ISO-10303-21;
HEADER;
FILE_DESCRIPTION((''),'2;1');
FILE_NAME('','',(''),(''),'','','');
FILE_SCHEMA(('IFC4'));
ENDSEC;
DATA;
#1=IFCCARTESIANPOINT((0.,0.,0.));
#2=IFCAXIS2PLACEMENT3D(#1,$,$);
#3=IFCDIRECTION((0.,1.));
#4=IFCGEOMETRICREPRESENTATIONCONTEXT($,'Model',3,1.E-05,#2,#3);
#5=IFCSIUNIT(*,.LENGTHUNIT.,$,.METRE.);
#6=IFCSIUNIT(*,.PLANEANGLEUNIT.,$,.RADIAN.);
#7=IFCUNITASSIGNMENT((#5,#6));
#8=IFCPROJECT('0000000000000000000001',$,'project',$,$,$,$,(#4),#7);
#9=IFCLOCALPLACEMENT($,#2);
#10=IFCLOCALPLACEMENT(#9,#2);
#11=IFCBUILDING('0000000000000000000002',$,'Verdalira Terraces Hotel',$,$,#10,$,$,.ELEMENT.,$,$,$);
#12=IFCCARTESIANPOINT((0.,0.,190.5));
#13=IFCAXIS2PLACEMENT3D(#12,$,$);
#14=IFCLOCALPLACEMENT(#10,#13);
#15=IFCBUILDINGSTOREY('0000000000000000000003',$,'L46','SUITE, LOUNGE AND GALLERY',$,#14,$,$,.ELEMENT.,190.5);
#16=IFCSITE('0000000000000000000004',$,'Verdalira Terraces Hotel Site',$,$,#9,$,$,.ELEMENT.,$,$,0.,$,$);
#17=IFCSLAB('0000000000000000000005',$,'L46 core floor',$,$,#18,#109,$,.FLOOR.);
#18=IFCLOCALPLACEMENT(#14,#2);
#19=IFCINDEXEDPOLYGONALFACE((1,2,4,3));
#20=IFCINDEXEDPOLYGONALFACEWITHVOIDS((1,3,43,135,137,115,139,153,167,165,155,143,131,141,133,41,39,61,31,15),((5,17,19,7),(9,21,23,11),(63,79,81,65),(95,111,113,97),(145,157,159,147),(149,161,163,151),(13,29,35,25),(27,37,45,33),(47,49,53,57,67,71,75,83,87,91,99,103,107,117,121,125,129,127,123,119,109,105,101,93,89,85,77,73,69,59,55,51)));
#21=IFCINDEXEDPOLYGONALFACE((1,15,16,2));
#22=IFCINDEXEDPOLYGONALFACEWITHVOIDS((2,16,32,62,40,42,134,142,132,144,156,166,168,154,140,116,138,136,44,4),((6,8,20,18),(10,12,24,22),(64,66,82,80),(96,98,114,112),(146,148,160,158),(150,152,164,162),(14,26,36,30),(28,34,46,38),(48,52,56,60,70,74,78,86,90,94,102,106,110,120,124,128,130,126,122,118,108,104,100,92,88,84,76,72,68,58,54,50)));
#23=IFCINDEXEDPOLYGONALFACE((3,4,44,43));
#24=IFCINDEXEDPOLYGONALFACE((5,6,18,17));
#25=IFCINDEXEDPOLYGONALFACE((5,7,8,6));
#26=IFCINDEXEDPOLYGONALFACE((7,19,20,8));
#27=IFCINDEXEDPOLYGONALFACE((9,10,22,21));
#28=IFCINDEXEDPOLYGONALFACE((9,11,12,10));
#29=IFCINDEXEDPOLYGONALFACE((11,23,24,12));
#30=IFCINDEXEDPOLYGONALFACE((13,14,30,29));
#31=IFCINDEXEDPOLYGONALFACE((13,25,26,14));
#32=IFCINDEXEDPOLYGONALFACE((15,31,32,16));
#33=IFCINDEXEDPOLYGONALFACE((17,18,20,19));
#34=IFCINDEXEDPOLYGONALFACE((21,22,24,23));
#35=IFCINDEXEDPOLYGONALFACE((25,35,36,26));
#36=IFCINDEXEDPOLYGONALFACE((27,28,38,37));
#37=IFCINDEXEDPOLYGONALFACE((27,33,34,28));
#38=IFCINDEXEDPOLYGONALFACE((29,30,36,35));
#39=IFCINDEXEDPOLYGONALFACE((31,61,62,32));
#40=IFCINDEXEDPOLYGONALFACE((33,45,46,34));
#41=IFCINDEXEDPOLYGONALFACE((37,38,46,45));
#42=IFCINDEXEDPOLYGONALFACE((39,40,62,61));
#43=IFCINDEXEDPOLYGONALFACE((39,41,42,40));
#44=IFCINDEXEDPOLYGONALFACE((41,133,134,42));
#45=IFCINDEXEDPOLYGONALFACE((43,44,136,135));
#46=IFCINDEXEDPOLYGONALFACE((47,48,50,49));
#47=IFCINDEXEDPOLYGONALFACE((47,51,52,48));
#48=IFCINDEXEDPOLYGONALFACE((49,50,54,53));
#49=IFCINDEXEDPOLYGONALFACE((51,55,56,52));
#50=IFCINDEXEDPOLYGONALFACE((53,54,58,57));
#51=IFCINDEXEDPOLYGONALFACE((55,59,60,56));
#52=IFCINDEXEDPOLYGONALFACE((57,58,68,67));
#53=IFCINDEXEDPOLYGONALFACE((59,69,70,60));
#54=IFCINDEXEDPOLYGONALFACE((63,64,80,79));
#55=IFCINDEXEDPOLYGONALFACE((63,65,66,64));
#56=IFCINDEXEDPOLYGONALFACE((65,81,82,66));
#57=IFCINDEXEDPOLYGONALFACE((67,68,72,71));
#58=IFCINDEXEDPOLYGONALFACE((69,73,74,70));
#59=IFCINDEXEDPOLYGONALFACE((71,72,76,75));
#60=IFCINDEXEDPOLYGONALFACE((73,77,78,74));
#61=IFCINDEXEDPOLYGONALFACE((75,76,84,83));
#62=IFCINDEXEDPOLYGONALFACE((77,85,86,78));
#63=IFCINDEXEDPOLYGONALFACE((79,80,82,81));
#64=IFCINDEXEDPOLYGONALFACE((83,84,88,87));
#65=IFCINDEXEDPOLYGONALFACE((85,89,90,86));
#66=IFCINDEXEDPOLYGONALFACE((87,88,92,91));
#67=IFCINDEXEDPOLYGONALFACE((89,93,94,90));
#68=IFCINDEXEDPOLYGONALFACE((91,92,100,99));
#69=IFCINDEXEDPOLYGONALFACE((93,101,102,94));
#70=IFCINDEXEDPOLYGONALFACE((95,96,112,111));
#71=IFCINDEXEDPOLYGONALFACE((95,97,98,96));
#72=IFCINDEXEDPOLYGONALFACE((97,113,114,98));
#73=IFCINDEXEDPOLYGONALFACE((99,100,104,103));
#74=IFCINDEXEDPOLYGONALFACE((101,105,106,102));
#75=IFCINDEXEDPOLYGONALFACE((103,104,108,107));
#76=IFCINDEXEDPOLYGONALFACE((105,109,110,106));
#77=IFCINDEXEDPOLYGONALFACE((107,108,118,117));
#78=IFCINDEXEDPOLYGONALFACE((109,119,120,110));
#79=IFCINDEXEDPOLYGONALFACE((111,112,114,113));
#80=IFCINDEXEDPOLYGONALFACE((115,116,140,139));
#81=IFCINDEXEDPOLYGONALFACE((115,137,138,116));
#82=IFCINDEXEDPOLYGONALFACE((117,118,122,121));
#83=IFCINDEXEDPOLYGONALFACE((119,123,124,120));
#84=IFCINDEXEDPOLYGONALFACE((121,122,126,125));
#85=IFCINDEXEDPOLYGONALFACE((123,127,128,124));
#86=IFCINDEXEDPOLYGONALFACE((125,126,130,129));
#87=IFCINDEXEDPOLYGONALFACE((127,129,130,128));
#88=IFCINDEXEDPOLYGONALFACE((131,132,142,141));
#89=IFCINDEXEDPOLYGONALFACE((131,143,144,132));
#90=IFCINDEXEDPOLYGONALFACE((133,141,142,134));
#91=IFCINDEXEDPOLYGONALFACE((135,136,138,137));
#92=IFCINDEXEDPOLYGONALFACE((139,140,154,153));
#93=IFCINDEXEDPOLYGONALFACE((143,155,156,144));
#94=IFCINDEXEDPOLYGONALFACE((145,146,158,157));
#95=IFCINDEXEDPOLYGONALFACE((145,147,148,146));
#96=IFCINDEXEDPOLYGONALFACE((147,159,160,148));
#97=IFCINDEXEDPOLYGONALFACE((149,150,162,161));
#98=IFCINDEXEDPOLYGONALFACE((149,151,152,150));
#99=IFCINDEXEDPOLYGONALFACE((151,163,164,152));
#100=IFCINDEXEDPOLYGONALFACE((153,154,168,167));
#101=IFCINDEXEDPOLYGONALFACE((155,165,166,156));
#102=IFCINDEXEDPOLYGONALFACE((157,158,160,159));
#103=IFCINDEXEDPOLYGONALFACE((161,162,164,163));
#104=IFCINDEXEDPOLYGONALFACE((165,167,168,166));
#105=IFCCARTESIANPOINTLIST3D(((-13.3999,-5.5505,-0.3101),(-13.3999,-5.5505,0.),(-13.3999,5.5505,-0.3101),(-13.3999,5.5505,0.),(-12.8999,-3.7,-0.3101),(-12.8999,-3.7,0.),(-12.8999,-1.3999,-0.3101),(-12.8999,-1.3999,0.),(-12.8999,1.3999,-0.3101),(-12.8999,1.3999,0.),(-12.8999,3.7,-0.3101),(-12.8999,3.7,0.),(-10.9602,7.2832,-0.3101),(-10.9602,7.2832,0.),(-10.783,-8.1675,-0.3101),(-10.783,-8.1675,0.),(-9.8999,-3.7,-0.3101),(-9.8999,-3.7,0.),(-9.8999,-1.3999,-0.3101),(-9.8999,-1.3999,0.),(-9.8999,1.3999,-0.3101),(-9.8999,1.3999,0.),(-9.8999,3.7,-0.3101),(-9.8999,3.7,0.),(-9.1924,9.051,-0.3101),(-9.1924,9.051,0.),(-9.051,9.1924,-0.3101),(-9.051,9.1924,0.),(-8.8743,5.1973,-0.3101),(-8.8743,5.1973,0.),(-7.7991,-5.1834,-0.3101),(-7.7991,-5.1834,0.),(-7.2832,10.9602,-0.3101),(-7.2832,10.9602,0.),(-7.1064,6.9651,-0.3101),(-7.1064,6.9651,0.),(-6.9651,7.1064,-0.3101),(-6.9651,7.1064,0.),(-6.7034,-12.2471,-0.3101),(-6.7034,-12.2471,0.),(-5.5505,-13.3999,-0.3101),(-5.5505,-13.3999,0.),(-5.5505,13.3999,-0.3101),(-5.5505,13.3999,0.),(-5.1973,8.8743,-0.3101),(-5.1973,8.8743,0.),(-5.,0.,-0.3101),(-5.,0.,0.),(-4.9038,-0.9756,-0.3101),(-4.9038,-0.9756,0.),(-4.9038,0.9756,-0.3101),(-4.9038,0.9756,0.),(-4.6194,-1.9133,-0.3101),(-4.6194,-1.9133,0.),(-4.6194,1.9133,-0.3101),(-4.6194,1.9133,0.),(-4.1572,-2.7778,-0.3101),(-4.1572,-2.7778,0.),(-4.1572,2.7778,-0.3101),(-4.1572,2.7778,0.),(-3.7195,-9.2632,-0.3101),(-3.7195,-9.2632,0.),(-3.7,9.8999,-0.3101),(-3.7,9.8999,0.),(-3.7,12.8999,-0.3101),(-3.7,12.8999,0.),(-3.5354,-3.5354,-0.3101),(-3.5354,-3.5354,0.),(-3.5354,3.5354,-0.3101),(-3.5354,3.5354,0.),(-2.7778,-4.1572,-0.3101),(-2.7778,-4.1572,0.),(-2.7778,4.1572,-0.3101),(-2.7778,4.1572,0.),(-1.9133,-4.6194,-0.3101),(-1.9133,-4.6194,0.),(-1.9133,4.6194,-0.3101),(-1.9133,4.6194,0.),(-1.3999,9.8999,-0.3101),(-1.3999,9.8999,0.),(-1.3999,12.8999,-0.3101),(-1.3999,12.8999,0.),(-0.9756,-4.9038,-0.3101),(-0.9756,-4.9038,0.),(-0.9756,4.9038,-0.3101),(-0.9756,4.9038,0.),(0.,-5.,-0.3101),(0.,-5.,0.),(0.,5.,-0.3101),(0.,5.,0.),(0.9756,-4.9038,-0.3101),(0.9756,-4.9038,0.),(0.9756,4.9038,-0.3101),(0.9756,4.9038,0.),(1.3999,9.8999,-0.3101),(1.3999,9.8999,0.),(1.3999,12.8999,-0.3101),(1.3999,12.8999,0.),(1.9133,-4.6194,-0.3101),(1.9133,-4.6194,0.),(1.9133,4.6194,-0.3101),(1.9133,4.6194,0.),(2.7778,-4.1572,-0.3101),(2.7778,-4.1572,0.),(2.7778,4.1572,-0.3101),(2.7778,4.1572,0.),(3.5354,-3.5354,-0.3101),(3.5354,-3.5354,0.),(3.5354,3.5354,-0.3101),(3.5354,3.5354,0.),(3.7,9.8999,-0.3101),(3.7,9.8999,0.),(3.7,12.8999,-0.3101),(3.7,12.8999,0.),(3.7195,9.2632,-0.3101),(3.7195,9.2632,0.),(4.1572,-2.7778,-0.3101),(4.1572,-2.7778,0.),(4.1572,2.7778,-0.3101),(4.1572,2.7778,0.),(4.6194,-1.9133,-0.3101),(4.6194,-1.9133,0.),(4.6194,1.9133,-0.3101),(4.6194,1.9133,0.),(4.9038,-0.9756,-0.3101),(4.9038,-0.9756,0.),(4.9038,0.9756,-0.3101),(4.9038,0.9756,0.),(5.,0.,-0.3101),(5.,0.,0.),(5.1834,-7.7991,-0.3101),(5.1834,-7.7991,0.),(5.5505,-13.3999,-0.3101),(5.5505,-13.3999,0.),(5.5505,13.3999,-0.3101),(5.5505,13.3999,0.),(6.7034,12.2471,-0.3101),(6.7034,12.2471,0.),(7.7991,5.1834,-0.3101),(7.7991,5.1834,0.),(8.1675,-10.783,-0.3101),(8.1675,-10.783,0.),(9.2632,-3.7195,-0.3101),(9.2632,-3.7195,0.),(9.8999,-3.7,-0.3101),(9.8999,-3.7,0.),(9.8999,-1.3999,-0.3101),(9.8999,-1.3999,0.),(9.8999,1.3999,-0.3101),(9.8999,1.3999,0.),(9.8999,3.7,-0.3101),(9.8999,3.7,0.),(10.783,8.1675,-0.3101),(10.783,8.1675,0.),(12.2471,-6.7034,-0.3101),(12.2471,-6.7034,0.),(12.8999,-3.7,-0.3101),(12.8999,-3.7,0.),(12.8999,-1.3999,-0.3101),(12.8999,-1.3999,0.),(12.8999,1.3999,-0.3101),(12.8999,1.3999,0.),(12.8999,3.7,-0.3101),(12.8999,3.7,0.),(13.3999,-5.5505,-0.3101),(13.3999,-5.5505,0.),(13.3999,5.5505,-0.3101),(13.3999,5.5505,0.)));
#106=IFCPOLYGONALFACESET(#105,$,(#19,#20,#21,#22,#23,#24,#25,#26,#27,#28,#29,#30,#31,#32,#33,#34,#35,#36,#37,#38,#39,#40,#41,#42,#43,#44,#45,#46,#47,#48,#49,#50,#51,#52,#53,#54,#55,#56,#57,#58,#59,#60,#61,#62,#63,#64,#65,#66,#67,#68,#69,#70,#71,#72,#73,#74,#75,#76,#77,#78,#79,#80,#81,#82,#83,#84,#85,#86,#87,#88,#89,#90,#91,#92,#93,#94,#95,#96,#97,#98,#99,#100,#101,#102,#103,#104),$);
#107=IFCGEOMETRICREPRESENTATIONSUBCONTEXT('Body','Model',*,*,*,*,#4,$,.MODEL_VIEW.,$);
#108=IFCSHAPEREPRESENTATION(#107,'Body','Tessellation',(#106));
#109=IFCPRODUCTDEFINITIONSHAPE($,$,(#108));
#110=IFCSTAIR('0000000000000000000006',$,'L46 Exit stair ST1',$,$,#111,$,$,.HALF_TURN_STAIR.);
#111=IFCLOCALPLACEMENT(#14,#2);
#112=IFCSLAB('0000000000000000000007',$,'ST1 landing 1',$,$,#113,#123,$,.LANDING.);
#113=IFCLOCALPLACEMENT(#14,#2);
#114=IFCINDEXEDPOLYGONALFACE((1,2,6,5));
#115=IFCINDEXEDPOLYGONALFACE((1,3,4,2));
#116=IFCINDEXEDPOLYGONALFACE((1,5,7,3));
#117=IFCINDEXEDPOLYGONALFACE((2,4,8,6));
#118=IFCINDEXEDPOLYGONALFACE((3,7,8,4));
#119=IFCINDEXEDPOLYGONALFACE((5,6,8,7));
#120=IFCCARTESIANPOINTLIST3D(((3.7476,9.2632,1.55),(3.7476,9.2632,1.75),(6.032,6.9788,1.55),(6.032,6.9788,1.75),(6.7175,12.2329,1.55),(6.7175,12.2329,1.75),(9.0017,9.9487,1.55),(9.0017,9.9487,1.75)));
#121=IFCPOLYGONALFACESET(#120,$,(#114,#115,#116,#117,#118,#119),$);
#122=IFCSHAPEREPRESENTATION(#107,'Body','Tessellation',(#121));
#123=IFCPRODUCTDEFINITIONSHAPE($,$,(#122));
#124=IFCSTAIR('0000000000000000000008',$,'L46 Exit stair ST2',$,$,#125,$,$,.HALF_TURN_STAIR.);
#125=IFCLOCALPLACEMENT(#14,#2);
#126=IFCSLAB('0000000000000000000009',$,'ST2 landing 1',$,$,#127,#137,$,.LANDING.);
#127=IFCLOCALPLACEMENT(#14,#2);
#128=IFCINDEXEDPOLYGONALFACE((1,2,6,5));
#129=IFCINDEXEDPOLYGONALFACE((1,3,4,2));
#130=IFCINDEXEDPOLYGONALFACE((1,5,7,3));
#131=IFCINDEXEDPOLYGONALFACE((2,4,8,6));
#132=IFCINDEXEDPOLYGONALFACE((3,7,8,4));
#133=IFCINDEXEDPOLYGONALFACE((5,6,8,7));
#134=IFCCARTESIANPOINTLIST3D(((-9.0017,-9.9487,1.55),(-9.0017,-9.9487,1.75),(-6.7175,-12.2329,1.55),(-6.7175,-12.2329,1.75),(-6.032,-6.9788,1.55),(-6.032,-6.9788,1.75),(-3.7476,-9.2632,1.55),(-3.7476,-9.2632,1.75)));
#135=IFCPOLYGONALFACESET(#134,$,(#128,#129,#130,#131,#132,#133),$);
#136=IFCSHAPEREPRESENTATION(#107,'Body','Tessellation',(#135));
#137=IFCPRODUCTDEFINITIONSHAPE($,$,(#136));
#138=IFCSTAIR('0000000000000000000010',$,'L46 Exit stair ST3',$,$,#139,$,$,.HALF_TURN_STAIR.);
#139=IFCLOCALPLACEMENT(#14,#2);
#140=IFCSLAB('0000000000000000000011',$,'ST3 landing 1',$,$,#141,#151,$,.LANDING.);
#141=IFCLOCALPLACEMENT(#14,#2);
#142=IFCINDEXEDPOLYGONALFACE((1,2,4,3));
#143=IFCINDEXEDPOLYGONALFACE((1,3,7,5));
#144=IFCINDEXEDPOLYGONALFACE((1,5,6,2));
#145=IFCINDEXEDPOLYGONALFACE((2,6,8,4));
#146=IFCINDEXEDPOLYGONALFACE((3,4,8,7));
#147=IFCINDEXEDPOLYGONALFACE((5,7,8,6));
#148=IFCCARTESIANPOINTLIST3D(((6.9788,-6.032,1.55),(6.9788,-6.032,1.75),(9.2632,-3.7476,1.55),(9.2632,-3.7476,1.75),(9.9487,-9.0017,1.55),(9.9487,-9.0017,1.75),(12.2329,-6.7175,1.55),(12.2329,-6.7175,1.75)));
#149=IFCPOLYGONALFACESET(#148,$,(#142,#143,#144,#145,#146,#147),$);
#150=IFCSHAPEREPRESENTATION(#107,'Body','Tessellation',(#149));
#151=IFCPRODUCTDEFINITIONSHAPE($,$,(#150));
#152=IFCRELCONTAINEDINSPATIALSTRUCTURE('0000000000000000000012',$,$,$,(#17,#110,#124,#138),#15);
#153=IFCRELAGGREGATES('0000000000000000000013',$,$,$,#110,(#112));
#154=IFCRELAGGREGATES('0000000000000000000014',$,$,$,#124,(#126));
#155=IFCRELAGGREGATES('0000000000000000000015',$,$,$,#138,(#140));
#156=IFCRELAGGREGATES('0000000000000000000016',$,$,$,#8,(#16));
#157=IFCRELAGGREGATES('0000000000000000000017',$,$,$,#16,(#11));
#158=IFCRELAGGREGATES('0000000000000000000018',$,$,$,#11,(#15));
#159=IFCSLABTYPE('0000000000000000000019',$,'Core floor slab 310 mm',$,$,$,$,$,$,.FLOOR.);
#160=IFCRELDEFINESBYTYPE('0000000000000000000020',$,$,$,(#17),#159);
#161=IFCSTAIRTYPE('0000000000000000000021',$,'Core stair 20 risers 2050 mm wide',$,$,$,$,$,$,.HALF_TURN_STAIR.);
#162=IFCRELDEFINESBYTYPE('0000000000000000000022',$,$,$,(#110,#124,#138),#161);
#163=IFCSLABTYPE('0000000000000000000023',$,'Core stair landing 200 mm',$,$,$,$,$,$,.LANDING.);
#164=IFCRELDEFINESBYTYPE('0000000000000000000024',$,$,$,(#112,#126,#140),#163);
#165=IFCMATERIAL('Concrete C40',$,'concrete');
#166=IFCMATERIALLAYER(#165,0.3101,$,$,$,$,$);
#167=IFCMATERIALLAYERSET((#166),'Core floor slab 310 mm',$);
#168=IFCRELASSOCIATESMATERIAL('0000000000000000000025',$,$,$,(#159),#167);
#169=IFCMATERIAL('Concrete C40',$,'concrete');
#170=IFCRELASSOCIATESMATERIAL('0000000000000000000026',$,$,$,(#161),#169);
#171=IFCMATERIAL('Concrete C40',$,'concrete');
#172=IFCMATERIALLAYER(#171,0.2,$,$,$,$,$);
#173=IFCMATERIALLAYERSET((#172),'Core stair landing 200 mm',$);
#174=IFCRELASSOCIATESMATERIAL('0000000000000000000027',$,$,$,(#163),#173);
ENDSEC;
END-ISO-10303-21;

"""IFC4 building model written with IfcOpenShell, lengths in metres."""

from ifc_helpers import new_model, si_unit, direction, frame, origin, place, context, subcontext, project, spatial, polyline, outline, extrude, material, layer, layer_set, type_object, element, aggregate, save


model = new_model("IFC4")

# Units and contexts
model_context = context("Model", 3, precision=1e-05, world=origin(), true_north=direction((0.0, 1.0)))
body_context = subcontext(model_context, "Body", "Model", "MODEL_VIEW")
ifc_project = project(units=[si_unit("LENGTHUNIT", "METRE"), si_unit("PLANEANGLEUNIT", "RADIAN")], contexts=[model_context])

# Site, building, storey
site_placement = place(None, origin())
site = spatial("IfcSite", under=ifc_project, at=site_placement, Name="Verdalira Terraces Hotel Site", CompositionType="ELEMENT", RefElevation=0.0)
building_placement = place(site_placement, origin())
building = spatial("IfcBuilding", under=site, at=building_placement, Name="Verdalira Terraces Hotel", CompositionType="ELEMENT")
storey_placement = place(building_placement, frame((0.0, 0.0, 190.5)))
storey = spatial("IfcBuildingStorey", under=building, at=storey_placement, Name="L46", Description="SUITE, LOUNGE AND GALLERY", CompositionType="ELEMENT", Elevation=190.5)

# Slab
ifc_material_1 = material(Name="Concrete C40", Category="concrete")
ifc_layer_1 = layer(ifc_material_1, 0.3101)
ifc_layer_set_1 = layer_set([ifc_layer_1], Name="Core floor slab 310 mm")
slab_type_1 = type_object("IfcSlabType", Name="Core floor slab 310 mm", PredefinedType="FLOOR", material=ifc_layer_set_1)
slab_1_placement = place(storey_placement, frame((0.0, 0.0, -0.3101)))
element("IfcSlab", 1, at=slab_1_placement, inside=storey, type_object=slab_type_1, Name="L46 core floor", PredefinedType="FLOOR", context=body_context, shape_type="SweptSolid", body=[
    extrude(outline(polyline([(-6.7034, -12.2471), (-3.7195, -9.2632), (-7.7991, -5.1833), (-10.783, -8.1675), (-13.3999, -5.5505), (-13.3999, 5.5505), (-5.5505, 13.3999), (5.5505, 13.3999), (6.7034, 12.2471), (3.7195, 9.2632), (7.7991, 5.1833), (10.783, 8.1675), (13.3999, 5.5505), (13.3999, -5.5505), (12.2471, -6.7034), (9.2632, -3.7195), (5.1833, -7.7991), (8.1675, -10.783), (5.5505, -13.3999), (-5.5505, -13.3999), (-6.7034, -12.2471)]), holes=[polyline([(9.8999, -1.3999), (9.8999, -3.7), (12.8999, -3.7), (12.8999, -1.3999), (9.8999, -1.3999)]), polyline([(9.8999, 3.7), (9.8999, 1.3999), (12.8999, 1.3999), (12.8999, 3.7), (9.8999, 3.7)]), polyline([(3.7, 12.8999), (1.3999, 12.8999), (1.3999, 9.8999), (3.7, 9.8999), (3.7, 12.8999)]), polyline([(-1.3999, 12.8999), (-3.7, 12.8999), (-3.7, 9.8999), (-1.3999, 9.8999), (-1.3999, 12.8999)]), polyline([(-9.8999, 1.3999), (-9.8999, 3.7), (-12.8999, 3.7), (-12.8999, 1.3999), (-9.8999, 1.3999)]), polyline([(-9.8999, -3.7), (-9.8999, -1.3999), (-12.8999, -1.3999), (-12.8999, -3.7), (-9.8999, -3.7)]), polyline([(-9.051, 9.1924), (-6.9651, 7.1064), (-5.1973, 8.8743), (-7.2832, 10.9602), (-9.051, 9.1924)]), polyline([(-9.1924, 9.051), (-10.9602, 7.2832), (-8.8743, 5.1973), (-7.1064, 6.9651), (-9.1924, 9.051)]), polyline([(3.5354, 3.5354), (2.7778, 4.1572), (1.9133, 4.6194), (0.9756, 4.9038), (0.0, 5.0), (-0.9756, 4.9038), (-1.9133, 4.6194), (-2.7778, 4.1572), (-3.5354, 3.5354), (-4.1572, 2.7778), (-4.6194, 1.9133), (-4.9038, 0.9756), (-5.0, 0.0), (-4.9038, -0.9756), (-4.6194, -1.9133), (-4.1572, -2.7778), (-3.5354, -3.5354), (-2.7778, -4.1572), (-1.9133, -4.6194), (-0.9756, -4.9038), (0.0, -5.0), (0.9756, -4.9038), (1.9133, -4.6194), (2.7778, -4.1572), (3.5354, -3.5354), (4.1572, -2.7778), (4.6194, -1.9133), (4.9038, -0.9756), (5.0, 0.0), (4.9038, 0.9756), (4.6194, 1.9133), (4.1572, 2.7778), (3.5354, 3.5354)])]), origin(), (0.0, 0.0, 1.0), 0.3101),
])

# Stairs, slabs
ifc_material_2 = material(Name="Concrete C40", Category="concrete")
stair_type = type_object("IfcStairType", Name="Core stair 20 risers 2050 mm wide", PredefinedType="HALF_TURN_STAIR", material=ifc_material_2)
stair_1_placement = place(storey_placement, origin())
stair_1 = element("IfcStair", 2, at=stair_1_placement, inside=storey, type_object=stair_type, Name="L46 Exit stair ST1", PredefinedType="HALF_TURN_STAIR")
ifc_material_3 = material(Name="Concrete C40", Category="concrete")
ifc_layer_2 = layer(ifc_material_3, 0.2)
ifc_layer_set_2 = layer_set([ifc_layer_2], Name="Core stair landing 200 mm")
slab_type_2 = type_object("IfcSlabType", Name="Core stair landing 200 mm", PredefinedType="LANDING", material=ifc_layer_set_2)
slab_2_placement = place(storey_placement, frame((0.0, 0.0, 1.55)))
slab_2 = element("IfcSlab", 3, at=slab_2_placement, type_object=slab_type_2, Name="ST1 landing 1", PredefinedType="LANDING", context=body_context, shape_type="SweptSolid", body=[
    extrude(outline(polyline([(9.0017, 9.9487), (6.7175, 12.2329), (3.7476, 9.2632), (6.032, 6.9788), (9.0017, 9.9487)])), origin(), (0.0, 0.0, 1.0), 0.2),
])
aggregate(stair_1, [slab_2])
stair_2_placement = place(storey_placement, origin())
stair_2 = element("IfcStair", 4, at=stair_2_placement, inside=storey, type_object=stair_type, Name="L46 Exit stair ST2", PredefinedType="HALF_TURN_STAIR")
slab_3_placement = place(storey_placement, frame((0.0, 0.0, 1.55)))
slab_3 = element("IfcSlab", 5, at=slab_3_placement, type_object=slab_type_2, Name="ST2 landing 1", PredefinedType="LANDING", context=body_context, shape_type="SweptSolid", body=[
    extrude(outline(polyline([(-9.0017, -9.9487), (-6.7175, -12.2329), (-3.7476, -9.2632), (-6.032, -6.9788), (-9.0017, -9.9487)])), origin(), (0.0, 0.0, 1.0), 0.2),
])
aggregate(stair_2, [slab_3])
stair_3_placement = place(storey_placement, origin())
stair_3 = element("IfcStair", 6, at=stair_3_placement, inside=storey, type_object=stair_type, Name="L46 Exit stair ST3", PredefinedType="HALF_TURN_STAIR")
slab_4_placement = place(storey_placement, frame((0.0, 0.0, 1.55)))
slab_4 = element("IfcSlab", 7, at=slab_4_placement, type_object=slab_type_2, Name="ST3 landing 1", PredefinedType="LANDING", context=body_context, shape_type="SweptSolid", body=[
    extrude(outline(polyline([(9.9487, -9.0017), (12.2329, -6.7175), (9.2632, -3.7476), (6.9788, -6.032), (9.9487, -9.0017)])), origin(), (0.0, 0.0, 1.0), 0.2),
])
aggregate(stair_3, [slab_4])

save(model, "model.ifc")
